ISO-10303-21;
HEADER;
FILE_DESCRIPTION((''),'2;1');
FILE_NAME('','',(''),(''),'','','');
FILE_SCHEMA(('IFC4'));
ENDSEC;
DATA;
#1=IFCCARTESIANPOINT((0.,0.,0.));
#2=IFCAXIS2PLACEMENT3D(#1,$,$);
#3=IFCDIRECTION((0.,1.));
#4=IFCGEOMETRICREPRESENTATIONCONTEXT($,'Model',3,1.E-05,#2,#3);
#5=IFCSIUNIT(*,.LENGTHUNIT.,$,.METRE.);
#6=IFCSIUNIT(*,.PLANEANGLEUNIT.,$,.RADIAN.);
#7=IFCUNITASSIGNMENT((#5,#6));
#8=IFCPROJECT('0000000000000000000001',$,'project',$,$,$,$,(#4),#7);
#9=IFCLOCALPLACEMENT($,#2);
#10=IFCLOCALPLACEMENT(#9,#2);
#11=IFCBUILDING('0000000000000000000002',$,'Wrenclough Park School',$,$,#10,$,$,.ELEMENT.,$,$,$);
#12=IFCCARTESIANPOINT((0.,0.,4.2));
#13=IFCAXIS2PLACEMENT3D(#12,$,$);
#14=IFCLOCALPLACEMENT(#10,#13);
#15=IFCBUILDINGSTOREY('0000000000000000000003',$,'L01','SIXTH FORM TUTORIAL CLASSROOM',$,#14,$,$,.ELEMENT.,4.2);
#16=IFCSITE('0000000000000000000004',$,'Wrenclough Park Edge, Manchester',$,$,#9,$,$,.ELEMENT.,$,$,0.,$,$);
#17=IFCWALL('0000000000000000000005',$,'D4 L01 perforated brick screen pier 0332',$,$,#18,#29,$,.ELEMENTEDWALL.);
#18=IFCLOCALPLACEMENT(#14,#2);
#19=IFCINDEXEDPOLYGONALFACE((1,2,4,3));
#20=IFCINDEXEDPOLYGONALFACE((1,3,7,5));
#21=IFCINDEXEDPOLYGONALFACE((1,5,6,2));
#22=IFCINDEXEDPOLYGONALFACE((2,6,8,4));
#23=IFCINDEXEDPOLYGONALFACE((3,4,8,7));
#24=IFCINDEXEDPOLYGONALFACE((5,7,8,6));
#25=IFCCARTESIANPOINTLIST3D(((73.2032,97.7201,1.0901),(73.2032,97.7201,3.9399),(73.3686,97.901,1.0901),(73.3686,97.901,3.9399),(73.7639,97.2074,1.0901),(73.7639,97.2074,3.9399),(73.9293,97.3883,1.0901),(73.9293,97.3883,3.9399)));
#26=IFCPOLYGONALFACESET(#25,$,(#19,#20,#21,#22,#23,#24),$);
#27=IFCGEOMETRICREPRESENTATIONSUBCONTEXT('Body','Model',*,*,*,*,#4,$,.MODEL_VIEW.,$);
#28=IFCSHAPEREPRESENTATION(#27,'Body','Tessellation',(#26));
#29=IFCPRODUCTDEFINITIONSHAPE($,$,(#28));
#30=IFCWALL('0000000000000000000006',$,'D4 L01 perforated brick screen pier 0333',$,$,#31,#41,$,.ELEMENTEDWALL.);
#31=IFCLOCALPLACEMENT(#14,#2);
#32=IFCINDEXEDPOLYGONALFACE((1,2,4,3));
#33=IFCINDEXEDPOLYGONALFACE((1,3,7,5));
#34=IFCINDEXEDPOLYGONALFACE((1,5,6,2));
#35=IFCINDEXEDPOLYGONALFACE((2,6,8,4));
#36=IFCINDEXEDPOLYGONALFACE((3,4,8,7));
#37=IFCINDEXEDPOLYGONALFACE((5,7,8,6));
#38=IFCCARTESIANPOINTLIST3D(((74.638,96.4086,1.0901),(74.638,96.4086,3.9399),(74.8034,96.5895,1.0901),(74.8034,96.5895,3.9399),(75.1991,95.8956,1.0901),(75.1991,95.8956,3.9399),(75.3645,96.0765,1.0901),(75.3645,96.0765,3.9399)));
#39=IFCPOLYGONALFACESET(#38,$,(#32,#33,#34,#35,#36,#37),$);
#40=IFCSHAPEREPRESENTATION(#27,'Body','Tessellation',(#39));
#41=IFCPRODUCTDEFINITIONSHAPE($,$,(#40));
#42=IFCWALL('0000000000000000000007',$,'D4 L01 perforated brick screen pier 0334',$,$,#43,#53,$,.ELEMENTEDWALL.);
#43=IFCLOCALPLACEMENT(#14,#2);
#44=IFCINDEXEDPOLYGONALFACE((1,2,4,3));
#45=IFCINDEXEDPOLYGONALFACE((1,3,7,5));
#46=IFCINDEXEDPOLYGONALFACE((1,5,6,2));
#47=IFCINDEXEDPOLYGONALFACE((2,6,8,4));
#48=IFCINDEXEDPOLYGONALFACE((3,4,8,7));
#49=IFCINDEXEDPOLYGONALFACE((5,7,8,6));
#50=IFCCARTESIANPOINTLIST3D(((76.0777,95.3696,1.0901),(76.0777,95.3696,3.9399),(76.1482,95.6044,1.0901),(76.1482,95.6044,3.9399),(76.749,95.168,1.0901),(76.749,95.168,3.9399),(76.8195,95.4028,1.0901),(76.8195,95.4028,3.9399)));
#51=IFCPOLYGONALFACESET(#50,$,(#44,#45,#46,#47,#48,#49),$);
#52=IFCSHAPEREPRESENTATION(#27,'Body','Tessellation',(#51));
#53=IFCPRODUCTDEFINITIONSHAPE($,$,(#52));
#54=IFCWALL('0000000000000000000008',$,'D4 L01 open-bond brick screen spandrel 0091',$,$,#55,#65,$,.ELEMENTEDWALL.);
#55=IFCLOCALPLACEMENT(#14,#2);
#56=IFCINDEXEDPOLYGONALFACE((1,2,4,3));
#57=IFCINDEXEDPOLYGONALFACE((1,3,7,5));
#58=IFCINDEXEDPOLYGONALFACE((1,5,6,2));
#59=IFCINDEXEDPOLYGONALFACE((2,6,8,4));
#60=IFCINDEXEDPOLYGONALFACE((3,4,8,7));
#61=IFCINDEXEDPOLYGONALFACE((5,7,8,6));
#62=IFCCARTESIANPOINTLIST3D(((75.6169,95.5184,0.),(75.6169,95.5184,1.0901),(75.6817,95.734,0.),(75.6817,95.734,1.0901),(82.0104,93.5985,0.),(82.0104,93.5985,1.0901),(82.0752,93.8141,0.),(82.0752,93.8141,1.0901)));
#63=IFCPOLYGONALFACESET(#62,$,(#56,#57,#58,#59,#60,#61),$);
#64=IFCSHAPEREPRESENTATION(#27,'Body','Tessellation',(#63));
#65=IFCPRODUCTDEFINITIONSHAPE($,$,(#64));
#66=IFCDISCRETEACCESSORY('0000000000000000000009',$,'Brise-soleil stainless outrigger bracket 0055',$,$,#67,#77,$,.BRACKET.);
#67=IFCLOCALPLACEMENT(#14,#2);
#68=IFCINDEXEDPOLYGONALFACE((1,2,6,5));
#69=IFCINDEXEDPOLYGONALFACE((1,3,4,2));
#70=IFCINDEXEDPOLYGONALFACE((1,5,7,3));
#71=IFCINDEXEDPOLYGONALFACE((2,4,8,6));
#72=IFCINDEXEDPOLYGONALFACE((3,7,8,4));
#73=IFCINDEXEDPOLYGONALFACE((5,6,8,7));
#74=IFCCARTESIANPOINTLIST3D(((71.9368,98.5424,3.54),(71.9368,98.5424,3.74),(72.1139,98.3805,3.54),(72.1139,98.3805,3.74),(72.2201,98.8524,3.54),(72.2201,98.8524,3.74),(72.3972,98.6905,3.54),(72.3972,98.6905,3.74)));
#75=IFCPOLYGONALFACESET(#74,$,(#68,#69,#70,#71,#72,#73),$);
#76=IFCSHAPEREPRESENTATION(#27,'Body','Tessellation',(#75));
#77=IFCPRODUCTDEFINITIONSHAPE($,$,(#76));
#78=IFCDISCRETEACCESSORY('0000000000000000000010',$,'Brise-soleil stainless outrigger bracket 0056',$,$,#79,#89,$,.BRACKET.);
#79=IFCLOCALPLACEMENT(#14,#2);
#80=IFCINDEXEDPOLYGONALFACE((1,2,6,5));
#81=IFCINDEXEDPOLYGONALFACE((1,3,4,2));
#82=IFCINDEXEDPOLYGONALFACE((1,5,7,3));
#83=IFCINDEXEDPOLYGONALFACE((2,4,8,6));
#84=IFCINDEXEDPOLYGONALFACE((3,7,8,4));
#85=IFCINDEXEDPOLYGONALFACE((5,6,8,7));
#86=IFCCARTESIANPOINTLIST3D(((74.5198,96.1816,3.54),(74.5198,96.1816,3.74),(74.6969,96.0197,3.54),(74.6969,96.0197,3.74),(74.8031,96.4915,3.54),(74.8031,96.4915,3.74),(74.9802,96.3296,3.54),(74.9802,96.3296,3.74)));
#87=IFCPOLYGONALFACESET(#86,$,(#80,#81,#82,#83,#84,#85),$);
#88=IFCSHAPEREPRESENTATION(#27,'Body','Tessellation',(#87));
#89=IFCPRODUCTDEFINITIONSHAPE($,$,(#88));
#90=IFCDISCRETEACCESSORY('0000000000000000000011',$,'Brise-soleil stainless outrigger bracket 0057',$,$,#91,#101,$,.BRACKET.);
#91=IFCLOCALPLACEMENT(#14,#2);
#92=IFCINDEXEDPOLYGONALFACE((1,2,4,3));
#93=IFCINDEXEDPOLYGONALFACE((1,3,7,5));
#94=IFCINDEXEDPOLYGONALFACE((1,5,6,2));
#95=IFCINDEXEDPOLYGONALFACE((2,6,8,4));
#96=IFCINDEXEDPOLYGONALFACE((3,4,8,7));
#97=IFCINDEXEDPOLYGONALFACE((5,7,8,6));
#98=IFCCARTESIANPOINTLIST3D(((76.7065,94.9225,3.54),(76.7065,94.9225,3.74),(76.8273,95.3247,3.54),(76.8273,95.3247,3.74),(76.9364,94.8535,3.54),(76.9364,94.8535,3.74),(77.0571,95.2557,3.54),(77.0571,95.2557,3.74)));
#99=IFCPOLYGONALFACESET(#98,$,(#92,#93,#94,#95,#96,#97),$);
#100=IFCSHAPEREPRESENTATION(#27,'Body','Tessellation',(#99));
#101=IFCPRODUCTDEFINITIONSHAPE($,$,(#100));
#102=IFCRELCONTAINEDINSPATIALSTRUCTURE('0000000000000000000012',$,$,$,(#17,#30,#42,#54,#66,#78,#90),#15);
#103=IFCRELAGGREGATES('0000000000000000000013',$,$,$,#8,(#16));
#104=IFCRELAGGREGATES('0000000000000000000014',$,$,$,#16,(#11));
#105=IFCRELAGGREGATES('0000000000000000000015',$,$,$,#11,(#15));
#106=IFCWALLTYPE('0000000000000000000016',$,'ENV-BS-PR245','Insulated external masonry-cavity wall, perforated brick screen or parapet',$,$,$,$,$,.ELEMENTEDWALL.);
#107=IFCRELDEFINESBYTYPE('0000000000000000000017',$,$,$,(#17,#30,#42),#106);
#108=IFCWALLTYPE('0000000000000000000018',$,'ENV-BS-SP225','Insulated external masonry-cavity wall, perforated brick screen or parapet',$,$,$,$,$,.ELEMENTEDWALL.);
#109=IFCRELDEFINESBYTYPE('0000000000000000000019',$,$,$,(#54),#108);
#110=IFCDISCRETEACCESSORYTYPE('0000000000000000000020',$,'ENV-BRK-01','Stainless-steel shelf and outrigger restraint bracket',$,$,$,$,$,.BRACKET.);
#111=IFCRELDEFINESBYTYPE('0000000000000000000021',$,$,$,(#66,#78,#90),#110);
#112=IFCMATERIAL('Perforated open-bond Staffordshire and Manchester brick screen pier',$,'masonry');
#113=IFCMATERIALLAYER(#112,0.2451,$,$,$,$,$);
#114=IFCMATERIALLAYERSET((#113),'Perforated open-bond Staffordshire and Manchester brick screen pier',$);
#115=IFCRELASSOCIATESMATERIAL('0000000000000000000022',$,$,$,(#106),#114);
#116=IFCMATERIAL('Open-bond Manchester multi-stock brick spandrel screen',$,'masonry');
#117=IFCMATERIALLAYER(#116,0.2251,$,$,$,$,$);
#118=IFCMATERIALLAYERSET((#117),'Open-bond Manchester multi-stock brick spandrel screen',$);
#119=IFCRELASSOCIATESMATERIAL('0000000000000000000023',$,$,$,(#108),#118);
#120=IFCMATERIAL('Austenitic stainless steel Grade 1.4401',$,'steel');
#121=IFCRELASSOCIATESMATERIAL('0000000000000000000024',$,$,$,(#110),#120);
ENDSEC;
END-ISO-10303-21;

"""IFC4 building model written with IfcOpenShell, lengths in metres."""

from ifc_helpers import new_model, si_unit, direction, frame, frame_2d, origin, origin_2d, place, context, subcontext, project, spatial, rectangle, extrude, material, layer, layer_set, type_object, element, save


model = new_model("IFC4")

# Units and contexts
model_context = context("Model", 3, precision=1e-05, world=origin(), true_north=direction((0.0, 1.0)))
body_context = subcontext(model_context, "Body", "Model", "MODEL_VIEW")
ifc_project = project(units=[si_unit("LENGTHUNIT", "METRE"), si_unit("PLANEANGLEUNIT", "RADIAN")], contexts=[model_context])

# Site, building, storey
site_placement = place(None, origin())
site = spatial("IfcSite", under=ifc_project, at=site_placement, Name="Wrenclough Park Edge, Manchester", CompositionType="ELEMENT", RefElevation=0.0)
building_placement = place(site_placement, origin())
building = spatial("IfcBuilding", under=site, at=building_placement, Name="Wrenclough Park School", CompositionType="ELEMENT")
storey_placement = place(building_placement, frame((0.0, 0.0, 4.2)))
storey = spatial("IfcBuildingStorey", under=building, at=storey_placement, Name="L01", Description="SIXTH FORM TUTORIAL CLASSROOM", CompositionType="ELEMENT", Elevation=4.2)

# Walls
ifc_material_1 = material(Name="Perforated open-bond Staffordshire and Manchester brick screen pier", Category="masonry")
ifc_layer_1 = layer(ifc_material_1, 0.2451)
ifc_layer_set_1 = layer_set([ifc_layer_1], Name="Perforated open-bond Staffordshire and Manchester brick screen pier")
wall_type_1 = type_object("IfcWallType", Name="ENV-BS-PR245", Description="Insulated external masonry-cavity wall, perforated brick screen or parapet", PredefinedType="ELEMENTEDWALL", material=ifc_layer_set_1)
wall_1_placement = place(storey_placement, frame((73.2859, 97.8105, 1.0901), z_axis=(0.0, 0.0, 1.0), x_axis=(0.738047, -0.674749, 0.0)))
element("IfcWall", 1, at=wall_1_placement, inside=storey, type_object=wall_type_1, Name="D4 L01 perforated brick screen pier 0332", PredefinedType="ELEMENTEDWALL", context=body_context, shape_type="SweptSolid", body=[
    extrude(rectangle(XDim=0.7598, YDim=0.2451, at=frame_2d((0.3799, 0.0))), origin(), (0.0, 0.0, 1.0), 2.8499),
])
wall_2_placement = place(storey_placement, frame((74.7207, 96.499, 1.0901), z_axis=(0.0, 0.0, 1.0), x_axis=(0.738033, -0.674764, 0.0)))
element("IfcWall", 2, at=wall_2_placement, inside=storey, type_object=wall_type_1, Name="D4 L01 perforated brick screen pier 0333", PredefinedType="ELEMENTEDWALL", context=body_context, shape_type="SweptSolid", body=[
    extrude(rectangle(XDim=0.7603, YDim=0.2451, at=frame_2d((0.3801, 0.0))), origin(), (0.0, 0.0, 1.0), 2.8499),
])
wall_3_placement = place(storey_placement, frame((76.1128, 95.4871, 1.0901), z_axis=(0.0, 0.0, 1.0), x_axis=(0.95773, -0.287667, 0.0)))
element("IfcWall", 3, at=wall_3_placement, inside=storey, type_object=wall_type_1, Name="D4 L01 perforated brick screen pier 0334", PredefinedType="ELEMENTEDWALL", context=body_context, shape_type="SweptSolid", body=[
    extrude(rectangle(XDim=0.7009, YDim=0.2451, at=frame_2d((0.3506, 0.0))), origin(), (0.0, 0.0, 1.0), 2.8499),
])
ifc_material_2 = material(Name="Open-bond Manchester multi-stock brick spandrel screen", Category="masonry")
ifc_layer_2 = layer(ifc_material_2, 0.2251)
ifc_layer_set_2 = layer_set([ifc_layer_2], Name="Open-bond Manchester multi-stock brick spandrel screen")
wall_type_2 = type_object("IfcWallType", Name="ENV-BS-SP225", Description="Insulated external masonry-cavity wall, perforated brick screen or parapet", PredefinedType="ELEMENTEDWALL", material=ifc_layer_set_2)
wall_4_placement = place(storey_placement, frame((75.6492, 95.6262, 0.0), z_axis=(0.0, 0.0, 1.0), x_axis=(0.95775, -0.287603, 0.0)))
element("IfcWall", 4, at=wall_4_placement, inside=storey, type_object=wall_type_2, Name="D4 L01 open-bond brick screen spandrel 0091", PredefinedType="ELEMENTEDWALL", context=body_context, shape_type="SweptSolid", body=[
    extrude(rectangle(XDim=6.6755, YDim=0.2251, at=frame_2d((3.3379, 0.0))), origin(), (0.0, 0.0, 1.0), 1.0901),
])

# Discrete accessories
ifc_material_3 = material(Name="Austenitic stainless steel Grade 1.4401", Category="steel")
discrete_accessory_type = type_object("IfcDiscreteAccessoryType", Name="ENV-BRK-01", Description="Stainless-steel shelf and outrigger restraint bracket", PredefinedType="BRACKET", material=ifc_material_3)
for number, where, z_axis, x_axis, name in (
    (5, (72.167, 98.6165, 3.54), (0.0, 0.0, 1.0), (0.738123, -0.674666, 0.0), "Brise-soleil stainless outrigger bracket 0055"),
    (6, (74.75, 96.2556, 3.54), (0.0, 0.0, 1.0), (0.738123, -0.674666, 0.0), "Brise-soleil stainless outrigger bracket 0056"),
    (7, (76.8818, 95.0891, 3.54), (0.0, 0.0, 1.0), (0.957751, -0.287598, 0.0), "Brise-soleil stainless outrigger bracket 0057"),
):
    element("IfcDiscreteAccessory", number, at=place(storey_placement, frame(where, z_axis=z_axis, x_axis=x_axis)), inside=storey, type_object=discrete_accessory_type, Name=name, PredefinedType="BRACKET", context=body_context, shape_type="SweptSolid", body=[
        extrude(rectangle(XDim=0.24, YDim=0.4199, at=origin_2d()), origin(), (0.0, 0.0, 1.0), 0.2),
    ])

save(model, "model.ifc")
